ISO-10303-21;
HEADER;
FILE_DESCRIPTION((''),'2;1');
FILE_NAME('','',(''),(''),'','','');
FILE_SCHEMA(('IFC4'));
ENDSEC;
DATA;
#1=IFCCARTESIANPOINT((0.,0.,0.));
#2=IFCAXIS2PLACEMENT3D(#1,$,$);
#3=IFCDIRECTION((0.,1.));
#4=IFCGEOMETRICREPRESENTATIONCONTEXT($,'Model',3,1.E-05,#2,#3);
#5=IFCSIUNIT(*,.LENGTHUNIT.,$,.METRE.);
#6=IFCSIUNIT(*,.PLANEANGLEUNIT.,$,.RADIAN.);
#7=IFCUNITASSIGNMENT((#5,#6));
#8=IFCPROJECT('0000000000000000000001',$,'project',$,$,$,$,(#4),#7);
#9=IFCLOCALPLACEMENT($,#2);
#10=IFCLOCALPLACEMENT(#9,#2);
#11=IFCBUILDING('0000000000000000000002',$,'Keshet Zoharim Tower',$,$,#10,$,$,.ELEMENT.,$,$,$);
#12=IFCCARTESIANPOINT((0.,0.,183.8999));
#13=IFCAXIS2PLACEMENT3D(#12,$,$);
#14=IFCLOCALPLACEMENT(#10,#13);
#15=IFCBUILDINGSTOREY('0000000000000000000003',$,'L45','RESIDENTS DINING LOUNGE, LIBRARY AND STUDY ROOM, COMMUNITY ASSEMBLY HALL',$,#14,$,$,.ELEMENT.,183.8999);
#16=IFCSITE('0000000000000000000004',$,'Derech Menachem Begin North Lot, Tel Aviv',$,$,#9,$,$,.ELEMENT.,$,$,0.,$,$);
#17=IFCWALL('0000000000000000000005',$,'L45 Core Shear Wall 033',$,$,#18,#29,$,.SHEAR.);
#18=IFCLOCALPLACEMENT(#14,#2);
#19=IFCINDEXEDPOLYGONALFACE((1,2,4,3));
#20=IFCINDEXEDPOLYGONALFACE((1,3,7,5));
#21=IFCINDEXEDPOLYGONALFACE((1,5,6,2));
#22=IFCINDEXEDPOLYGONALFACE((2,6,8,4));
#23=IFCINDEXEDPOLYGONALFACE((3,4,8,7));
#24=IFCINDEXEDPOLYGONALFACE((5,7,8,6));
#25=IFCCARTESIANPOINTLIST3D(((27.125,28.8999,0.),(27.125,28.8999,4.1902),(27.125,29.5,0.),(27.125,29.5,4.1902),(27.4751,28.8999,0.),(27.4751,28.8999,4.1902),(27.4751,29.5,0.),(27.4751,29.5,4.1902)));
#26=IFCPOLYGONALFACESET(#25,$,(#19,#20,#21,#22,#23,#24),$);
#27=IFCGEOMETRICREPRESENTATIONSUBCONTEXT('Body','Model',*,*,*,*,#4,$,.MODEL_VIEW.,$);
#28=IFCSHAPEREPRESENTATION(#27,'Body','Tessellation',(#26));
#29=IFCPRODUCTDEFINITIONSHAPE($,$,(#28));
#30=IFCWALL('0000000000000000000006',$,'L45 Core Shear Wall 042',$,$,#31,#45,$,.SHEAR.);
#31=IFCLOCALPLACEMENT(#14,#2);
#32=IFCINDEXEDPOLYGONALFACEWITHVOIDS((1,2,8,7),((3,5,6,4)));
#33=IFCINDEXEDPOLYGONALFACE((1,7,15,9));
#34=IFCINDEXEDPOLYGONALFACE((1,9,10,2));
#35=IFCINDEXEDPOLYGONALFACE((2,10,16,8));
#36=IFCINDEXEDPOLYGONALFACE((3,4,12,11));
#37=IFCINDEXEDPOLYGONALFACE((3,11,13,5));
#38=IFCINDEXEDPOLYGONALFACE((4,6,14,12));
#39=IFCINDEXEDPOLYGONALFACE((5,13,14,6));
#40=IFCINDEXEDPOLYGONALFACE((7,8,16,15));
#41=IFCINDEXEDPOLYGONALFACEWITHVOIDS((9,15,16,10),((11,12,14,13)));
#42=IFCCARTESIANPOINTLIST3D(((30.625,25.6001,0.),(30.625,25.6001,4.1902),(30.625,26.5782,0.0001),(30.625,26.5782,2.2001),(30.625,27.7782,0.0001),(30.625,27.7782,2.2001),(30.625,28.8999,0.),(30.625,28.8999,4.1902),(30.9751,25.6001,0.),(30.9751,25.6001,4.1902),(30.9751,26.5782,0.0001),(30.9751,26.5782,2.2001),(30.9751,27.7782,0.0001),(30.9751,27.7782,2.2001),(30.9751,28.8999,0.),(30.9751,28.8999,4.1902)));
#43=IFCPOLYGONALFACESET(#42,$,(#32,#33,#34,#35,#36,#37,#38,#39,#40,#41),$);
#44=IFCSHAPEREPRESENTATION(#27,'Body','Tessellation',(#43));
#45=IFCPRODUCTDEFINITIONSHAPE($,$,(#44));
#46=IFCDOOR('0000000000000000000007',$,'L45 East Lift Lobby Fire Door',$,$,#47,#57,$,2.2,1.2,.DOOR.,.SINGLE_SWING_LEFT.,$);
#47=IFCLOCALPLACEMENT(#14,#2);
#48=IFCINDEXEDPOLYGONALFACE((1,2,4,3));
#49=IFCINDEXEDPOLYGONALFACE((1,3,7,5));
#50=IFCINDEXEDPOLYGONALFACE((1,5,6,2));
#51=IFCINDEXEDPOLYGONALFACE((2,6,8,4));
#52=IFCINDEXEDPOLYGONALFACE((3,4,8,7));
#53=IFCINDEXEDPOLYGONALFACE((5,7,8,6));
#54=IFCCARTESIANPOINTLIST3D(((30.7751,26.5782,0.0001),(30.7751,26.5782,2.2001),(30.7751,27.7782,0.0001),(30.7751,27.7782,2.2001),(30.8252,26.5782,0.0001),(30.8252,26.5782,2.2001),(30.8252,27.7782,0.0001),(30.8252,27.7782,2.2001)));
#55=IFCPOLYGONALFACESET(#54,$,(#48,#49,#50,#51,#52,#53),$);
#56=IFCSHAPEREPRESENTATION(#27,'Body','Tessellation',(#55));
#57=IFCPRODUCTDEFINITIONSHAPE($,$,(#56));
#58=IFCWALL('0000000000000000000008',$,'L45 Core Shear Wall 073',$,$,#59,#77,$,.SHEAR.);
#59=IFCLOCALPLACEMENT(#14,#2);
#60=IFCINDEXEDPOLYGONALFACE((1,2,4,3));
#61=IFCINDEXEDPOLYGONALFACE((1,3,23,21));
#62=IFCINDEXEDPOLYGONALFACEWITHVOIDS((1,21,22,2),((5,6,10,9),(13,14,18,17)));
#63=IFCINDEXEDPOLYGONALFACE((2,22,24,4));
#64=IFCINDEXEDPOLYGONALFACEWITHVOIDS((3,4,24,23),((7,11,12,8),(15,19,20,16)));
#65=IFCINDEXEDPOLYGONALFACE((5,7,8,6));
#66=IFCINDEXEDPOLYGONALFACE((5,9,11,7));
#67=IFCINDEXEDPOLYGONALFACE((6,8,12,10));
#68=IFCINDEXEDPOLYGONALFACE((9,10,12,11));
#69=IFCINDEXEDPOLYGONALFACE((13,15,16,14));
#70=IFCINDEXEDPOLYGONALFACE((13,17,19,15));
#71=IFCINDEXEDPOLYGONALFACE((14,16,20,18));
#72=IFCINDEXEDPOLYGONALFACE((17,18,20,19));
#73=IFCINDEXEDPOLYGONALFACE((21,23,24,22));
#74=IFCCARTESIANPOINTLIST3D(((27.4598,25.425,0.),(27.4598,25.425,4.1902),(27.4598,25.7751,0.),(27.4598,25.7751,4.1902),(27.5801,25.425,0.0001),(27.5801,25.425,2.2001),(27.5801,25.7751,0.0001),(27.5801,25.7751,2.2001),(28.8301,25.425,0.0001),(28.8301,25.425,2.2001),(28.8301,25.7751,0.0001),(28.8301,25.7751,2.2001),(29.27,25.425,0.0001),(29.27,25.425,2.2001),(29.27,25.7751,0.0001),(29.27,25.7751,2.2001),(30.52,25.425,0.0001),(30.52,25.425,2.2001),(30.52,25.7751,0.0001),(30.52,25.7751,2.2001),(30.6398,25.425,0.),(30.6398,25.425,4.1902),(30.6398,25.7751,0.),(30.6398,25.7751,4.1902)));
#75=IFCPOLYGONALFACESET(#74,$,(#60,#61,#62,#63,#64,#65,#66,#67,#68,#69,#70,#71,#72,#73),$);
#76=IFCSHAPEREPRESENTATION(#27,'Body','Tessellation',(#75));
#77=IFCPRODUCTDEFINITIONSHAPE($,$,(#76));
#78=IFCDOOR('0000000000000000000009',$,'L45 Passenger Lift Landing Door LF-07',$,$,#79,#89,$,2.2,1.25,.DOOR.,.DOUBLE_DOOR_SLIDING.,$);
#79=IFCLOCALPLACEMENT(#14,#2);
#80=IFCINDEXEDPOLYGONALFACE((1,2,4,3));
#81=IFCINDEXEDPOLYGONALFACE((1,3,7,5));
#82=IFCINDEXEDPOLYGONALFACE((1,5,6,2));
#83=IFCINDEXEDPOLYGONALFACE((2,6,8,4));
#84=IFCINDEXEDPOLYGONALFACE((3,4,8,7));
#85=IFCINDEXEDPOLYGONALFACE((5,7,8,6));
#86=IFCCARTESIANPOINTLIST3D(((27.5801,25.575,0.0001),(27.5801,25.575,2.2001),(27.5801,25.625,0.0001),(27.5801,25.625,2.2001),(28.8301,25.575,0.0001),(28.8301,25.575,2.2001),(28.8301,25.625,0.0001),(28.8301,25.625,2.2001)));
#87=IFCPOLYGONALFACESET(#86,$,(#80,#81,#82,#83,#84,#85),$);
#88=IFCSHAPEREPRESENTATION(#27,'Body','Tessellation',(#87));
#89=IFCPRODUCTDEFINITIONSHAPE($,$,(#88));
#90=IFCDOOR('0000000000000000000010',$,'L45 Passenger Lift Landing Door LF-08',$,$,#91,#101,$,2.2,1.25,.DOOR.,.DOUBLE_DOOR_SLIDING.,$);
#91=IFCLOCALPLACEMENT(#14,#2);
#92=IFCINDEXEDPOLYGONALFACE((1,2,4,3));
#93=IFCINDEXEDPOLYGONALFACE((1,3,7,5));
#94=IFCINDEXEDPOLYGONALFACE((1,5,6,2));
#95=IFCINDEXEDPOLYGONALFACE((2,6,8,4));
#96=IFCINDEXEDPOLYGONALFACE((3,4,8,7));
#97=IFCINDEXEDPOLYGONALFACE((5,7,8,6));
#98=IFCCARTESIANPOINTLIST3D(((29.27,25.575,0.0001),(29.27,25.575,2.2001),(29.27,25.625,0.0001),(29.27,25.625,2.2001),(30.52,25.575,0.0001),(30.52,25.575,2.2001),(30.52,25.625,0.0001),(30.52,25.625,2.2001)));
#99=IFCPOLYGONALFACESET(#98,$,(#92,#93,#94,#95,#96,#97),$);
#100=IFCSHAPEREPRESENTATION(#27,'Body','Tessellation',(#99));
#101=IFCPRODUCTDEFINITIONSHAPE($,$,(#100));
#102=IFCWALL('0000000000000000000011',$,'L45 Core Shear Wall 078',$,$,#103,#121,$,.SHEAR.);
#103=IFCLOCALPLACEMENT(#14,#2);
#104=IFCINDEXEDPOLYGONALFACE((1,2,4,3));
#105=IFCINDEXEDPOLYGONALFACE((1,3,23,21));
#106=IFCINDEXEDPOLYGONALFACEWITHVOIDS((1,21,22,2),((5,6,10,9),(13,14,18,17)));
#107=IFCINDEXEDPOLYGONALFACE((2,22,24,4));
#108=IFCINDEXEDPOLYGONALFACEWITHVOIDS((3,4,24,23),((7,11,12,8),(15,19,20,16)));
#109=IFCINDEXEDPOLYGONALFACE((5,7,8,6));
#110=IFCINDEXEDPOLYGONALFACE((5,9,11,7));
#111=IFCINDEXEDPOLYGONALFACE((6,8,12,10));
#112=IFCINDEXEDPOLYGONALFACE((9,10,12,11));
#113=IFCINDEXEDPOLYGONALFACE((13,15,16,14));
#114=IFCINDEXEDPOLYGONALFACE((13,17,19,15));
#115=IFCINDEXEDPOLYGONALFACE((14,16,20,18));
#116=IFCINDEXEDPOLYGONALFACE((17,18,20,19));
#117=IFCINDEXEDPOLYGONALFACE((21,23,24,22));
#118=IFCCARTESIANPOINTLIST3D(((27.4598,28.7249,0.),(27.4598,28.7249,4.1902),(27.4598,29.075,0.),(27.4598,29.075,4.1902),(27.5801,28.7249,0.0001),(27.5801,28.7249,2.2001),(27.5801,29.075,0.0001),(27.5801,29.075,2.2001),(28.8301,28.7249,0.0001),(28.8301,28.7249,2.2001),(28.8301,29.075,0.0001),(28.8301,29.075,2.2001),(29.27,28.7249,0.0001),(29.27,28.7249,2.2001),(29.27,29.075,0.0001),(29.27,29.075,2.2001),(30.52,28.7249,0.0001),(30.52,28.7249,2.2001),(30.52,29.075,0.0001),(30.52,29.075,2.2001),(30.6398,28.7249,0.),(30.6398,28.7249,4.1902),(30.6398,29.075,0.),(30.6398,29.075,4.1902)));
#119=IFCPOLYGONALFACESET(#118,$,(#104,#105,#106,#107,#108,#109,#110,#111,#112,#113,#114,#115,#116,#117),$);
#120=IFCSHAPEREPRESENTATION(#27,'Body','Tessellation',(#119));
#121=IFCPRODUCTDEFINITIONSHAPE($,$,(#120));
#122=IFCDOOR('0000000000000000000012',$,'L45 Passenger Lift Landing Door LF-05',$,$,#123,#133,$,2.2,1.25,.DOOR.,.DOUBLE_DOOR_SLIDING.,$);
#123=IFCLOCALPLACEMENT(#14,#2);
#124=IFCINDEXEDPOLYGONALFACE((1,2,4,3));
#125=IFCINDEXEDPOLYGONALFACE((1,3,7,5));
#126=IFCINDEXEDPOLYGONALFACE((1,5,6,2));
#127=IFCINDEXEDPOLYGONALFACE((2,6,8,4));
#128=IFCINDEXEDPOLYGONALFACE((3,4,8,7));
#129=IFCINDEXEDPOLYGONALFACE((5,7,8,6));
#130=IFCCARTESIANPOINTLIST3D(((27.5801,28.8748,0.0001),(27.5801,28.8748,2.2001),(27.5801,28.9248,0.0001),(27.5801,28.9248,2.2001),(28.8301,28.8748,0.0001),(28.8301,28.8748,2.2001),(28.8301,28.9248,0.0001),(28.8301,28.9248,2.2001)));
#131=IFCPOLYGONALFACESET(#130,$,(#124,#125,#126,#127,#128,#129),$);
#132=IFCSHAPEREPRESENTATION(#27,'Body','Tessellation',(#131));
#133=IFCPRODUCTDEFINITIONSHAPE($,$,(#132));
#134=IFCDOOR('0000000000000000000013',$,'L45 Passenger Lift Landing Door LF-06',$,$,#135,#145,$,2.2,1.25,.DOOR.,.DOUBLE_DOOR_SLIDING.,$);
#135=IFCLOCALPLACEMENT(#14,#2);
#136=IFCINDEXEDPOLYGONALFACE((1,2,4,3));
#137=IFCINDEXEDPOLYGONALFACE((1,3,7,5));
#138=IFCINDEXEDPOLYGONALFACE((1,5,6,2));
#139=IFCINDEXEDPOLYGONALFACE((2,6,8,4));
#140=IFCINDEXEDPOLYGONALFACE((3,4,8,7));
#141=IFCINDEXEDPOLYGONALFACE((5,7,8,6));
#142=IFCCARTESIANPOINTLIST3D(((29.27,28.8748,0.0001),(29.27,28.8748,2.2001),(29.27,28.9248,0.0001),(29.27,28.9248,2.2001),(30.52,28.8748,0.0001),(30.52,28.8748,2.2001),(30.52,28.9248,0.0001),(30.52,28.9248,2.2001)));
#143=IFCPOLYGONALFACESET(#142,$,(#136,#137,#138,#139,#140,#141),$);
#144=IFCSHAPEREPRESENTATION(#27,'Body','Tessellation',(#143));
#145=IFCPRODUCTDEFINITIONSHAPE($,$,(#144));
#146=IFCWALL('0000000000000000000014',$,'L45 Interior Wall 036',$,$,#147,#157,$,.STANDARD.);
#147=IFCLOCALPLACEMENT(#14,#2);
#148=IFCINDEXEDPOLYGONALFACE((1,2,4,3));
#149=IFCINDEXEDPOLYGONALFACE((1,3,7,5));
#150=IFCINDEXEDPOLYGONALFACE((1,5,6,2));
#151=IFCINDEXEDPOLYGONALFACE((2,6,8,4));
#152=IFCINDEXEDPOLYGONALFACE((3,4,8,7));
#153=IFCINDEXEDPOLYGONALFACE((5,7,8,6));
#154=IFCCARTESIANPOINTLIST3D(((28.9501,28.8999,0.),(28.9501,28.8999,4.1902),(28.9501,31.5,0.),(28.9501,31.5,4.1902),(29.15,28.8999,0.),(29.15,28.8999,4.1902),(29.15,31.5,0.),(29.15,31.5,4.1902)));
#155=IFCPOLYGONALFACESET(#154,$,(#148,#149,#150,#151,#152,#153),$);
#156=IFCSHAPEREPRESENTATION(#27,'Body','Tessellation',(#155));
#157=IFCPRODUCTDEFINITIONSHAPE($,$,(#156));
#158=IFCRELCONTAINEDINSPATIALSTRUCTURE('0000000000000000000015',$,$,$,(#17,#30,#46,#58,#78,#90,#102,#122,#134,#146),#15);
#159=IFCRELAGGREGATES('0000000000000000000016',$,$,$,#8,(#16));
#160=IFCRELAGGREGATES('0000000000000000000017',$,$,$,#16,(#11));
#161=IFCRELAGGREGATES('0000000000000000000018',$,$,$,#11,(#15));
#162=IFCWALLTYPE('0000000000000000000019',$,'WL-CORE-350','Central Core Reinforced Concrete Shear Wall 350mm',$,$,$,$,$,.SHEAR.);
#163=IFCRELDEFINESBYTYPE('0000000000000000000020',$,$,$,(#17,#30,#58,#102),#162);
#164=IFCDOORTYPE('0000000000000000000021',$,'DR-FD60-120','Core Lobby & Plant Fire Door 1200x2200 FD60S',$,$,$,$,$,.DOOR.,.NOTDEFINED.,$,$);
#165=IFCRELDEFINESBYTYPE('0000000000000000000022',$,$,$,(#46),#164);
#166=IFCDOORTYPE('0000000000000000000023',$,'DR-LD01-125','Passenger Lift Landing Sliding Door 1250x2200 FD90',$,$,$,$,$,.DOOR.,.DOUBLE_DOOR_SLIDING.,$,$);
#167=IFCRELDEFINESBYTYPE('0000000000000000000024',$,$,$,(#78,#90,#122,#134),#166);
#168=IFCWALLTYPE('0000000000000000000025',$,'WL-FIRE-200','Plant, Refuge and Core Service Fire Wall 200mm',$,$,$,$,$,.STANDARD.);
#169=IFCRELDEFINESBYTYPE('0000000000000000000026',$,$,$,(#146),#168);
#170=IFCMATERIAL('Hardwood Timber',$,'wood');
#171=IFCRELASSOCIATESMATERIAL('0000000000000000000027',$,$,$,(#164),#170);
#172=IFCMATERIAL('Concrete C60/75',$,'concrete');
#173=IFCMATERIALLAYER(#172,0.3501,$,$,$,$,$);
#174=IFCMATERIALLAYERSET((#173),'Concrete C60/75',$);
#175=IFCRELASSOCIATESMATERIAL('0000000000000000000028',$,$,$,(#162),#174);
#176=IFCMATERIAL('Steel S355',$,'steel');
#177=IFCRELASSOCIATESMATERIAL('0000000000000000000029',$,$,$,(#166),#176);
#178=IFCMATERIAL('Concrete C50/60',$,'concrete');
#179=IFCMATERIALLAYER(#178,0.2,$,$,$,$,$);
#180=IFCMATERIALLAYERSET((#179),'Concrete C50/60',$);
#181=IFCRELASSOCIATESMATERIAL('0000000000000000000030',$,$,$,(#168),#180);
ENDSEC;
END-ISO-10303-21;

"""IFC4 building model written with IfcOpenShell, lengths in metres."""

from ifc_helpers import new_model, si_unit, direction, frame, frame_2d, origin, place, context, subcontext, project, spatial, rectangle, extrude, material, layer, layer_set, type_object, element, fill, save


model = new_model("IFC4")

# Units and contexts
model_context = context("Model", 3, precision=1e-05, world=origin(), true_north=direction((0.0, 1.0)))
body_context = subcontext(model_context, "Body", "Model", "MODEL_VIEW")
ifc_project = project(units=[si_unit("LENGTHUNIT", "METRE"), si_unit("PLANEANGLEUNIT", "RADIAN")], contexts=[model_context])

# Site, building, storey
site_placement = place(None, origin())
site = spatial("IfcSite", under=ifc_project, at=site_placement, Name="Derech Menachem Begin North Lot, Tel Aviv", CompositionType="ELEMENT", RefElevation=0.0)
building_placement = place(site_placement, origin())
building = spatial("IfcBuilding", under=site, at=building_placement, Name="Keshet Zoharim Tower", CompositionType="ELEMENT")
storey_placement = place(building_placement, frame((0.0, 0.0, 183.8999)))
storey = spatial("IfcBuildingStorey", under=building, at=storey_placement, Name="L45", Description="RESIDENTS DINING LOUNGE, LIBRARY AND STUDY ROOM, COMMUNITY ASSEMBLY HALL", CompositionType="ELEMENT", Elevation=183.8999)

# Shared definitions
ifc_material_1 = material(Name="Steel S355", Category="steel")
ifc_material_2 = material(Name="Concrete C60/75", Category="concrete")

# Shared definitions
ifc_material_3 = material(Name="Hardwood Timber", Category="wood")
door_type_1 = type_object("IfcDoorType", Name="DR-FD60-120", Description="Core Lobby & Plant Fire Door 1200x2200 FD60S", OperationType="NOTDEFINED", PredefinedType="DOOR", material=ifc_material_3)

# Wall
ifc_layer_1 = layer(ifc_material_2, 0.3501)
ifc_layer_set_1 = layer_set([ifc_layer_1], Name="Concrete C60/75")
wall_type_1 = type_object("IfcWallType", Name="WL-CORE-350", Description="Central Core Reinforced Concrete Shear Wall 350mm", PredefinedType="SHEAR", material=ifc_layer_set_1)
wall_1_placement = place(storey_placement, frame((27.3, 28.8999, 0.0), z_axis=(0.0, 0.0, 1.0), x_axis=(0.0, 1.0, 0.0)))
element("IfcWall", 1, at=wall_1_placement, inside=storey, type_object=wall_type_1, Name="L45 Core Shear Wall 033", PredefinedType="SHEAR", context=body_context, shape_type="SweptSolid", body=[
    extrude(rectangle(XDim=0.6001, YDim=0.3501, at=frame_2d((0.3, 0.0))), origin(), (0.0, 0.0, 1.0), 4.1902),
])

# Wall, opening, door
wall_2_placement = place(storey_placement, frame((30.8, 25.6001, 0.0), z_axis=(0.0, 0.0, 1.0), x_axis=(0.0, 1.0, 0.0)))
wall_2 = element("IfcWall", 2, at=wall_2_placement, inside=storey, type_object=wall_type_1, Name="L45 Core Shear Wall 042", PredefinedType="SHEAR", context=body_context, shape_type="SweptSolid", body=[
    extrude(rectangle(XDim=3.2998, YDim=0.3501, at=frame_2d((1.6499, 0.0))), origin(), (0.0, 0.0, 1.0), 4.1902),
])
opening_1_placement = place(wall_2_placement, frame((0.978, 0.0, 0.0)))
opening_1 = element("IfcOpeningElement", 3, at=opening_1_placement, cuts=wall_2, PredefinedType="OPENING", context=body_context, shape_type="SweptSolid", body=[
    extrude(rectangle(XDim=1.2, YDim=2.2, at=frame_2d((0.6001, 1.1001))), frame((0.0, 0.1851, 0.0), z_axis=(0.0, -1.0, 0.0), x_axis=(1.0, 0.0, 0.0)), (0.0, 0.0, 1.0), 0.3701),
])
door_1_placement = place(opening_1_placement, origin())
door_1 = element("IfcDoor", 4, at=door_1_placement, inside=storey, type_object=door_type_1, Name="L45 East Lift Lobby Fire Door", OperationType="SINGLE_SWING_LEFT", OverallHeight=2.2, OverallWidth=1.2, PredefinedType="DOOR", context=body_context, shape_type="SweptSolid", body=[
    extrude(rectangle(XDim=1.2, YDim=2.2, at=frame_2d((0.6001, 1.1001))), frame((0.0, 0.0249, 0.0), z_axis=(0.0, -1.0, 0.0), x_axis=(1.0, 0.0, 0.0)), (0.0, 0.0, 1.0), 0.05),
])
fill(opening_1, door_1)

# Walls, openings, doors
wall_3_placement = place(storey_placement, frame((27.46, 25.6001, 0.0), z_axis=(0.0, 0.0, 1.0), x_axis=(1.0, 0.0, 0.0)))
wall_3 = element("IfcWall", 5, at=wall_3_placement, inside=storey, type_object=wall_type_1, Name="L45 Core Shear Wall 073", PredefinedType="SHEAR", context=body_context, shape_type="SweptSolid", body=[
    extrude(rectangle(XDim=3.1799, YDim=0.3501, at=frame_2d((1.5898, 0.0))), origin(), (0.0, 0.0, 1.0), 4.1902),
])
opening_2_placement = place(wall_3_placement, frame((0.1201, 0.0, 0.0)))
opening_2 = element("IfcOpeningElement", 6, at=opening_2_placement, cuts=wall_3, PredefinedType="OPENING", context=body_context, shape_type="SweptSolid", body=[
    extrude(rectangle(XDim=1.25, YDim=2.2, at=frame_2d((0.625, 1.1001))), frame((0.0, 0.1851, 0.0), z_axis=(0.0, -1.0, 0.0), x_axis=(1.0, 0.0, 0.0)), (0.0, 0.0, 1.0), 0.3701),
])
opening_3_placement = place(wall_3_placement, frame((1.8101, 0.0, 0.0)))
opening_3 = element("IfcOpeningElement", 7, at=opening_3_placement, cuts=wall_3, PredefinedType="OPENING", context=body_context, shape_type="SweptSolid", body=[
    extrude(rectangle(XDim=1.25, YDim=2.2, at=frame_2d((0.625, 1.1001))), frame((0.0, 0.1851, 0.0), z_axis=(0.0, -1.0, 0.0), x_axis=(1.0, 0.0, 0.0)), (0.0, 0.0, 1.0), 0.3701),
])
door_type_2 = type_object("IfcDoorType", Name="DR-LD01-125", Description="Passenger Lift Landing Sliding Door 1250x2200 FD90", OperationType="DOUBLE_DOOR_SLIDING", PredefinedType="DOOR", material=ifc_material_1)
door_2_placement = place(opening_2_placement, origin())
door_2 = element("IfcDoor", 8, at=door_2_placement, inside=storey, type_object=door_type_2, Name="L45 Passenger Lift Landing Door LF-07", OperationType="DOUBLE_DOOR_SLIDING", OverallHeight=2.2, OverallWidth=1.25, PredefinedType="DOOR", context=body_context, shape_type="SweptSolid", body=[
    extrude(rectangle(XDim=1.25, YDim=2.2, at=frame_2d((0.625, 1.1001))), frame((0.0, 0.0249, 0.0), z_axis=(0.0, -1.0, 0.0), x_axis=(1.0, 0.0, 0.0)), (0.0, 0.0, 1.0), 0.05),
])
fill(opening_2, door_2)
door_3_placement = place(opening_3_placement, origin())
door_3 = element("IfcDoor", 9, at=door_3_placement, inside=storey, type_object=door_type_2, Name="L45 Passenger Lift Landing Door LF-08", OperationType="DOUBLE_DOOR_SLIDING", OverallHeight=2.2, OverallWidth=1.25, PredefinedType="DOOR", context=body_context, shape_type="SweptSolid", body=[
    extrude(rectangle(XDim=1.25, YDim=2.2, at=frame_2d((0.625, 1.1001))), frame((0.0, 0.0249, 0.0), z_axis=(0.0, -1.0, 0.0), x_axis=(1.0, 0.0, 0.0)), (0.0, 0.0, 1.0), 0.05),
])
fill(opening_3, door_3)
wall_4_placement = place(storey_placement, frame((27.46, 28.8999, 0.0), z_axis=(0.0, 0.0, 1.0), x_axis=(1.0, 0.0, 0.0)))
wall_4 = element("IfcWall", 10, at=wall_4_placement, inside=storey, type_object=wall_type_1, Name="L45 Core Shear Wall 078", PredefinedType="SHEAR", context=body_context, shape_type="SweptSolid", body=[
    extrude(rectangle(XDim=3.1799, YDim=0.3501, at=frame_2d((1.5898, 0.0))), origin(), (0.0, 0.0, 1.0), 4.1902),
])
opening_4_placement = place(wall_4_placement, frame((0.1201, 0.0, 0.0)))
opening_4 = element("IfcOpeningElement", 11, at=opening_4_placement, cuts=wall_4, PredefinedType="OPENING", context=body_context, shape_type="SweptSolid", body=[
    extrude(rectangle(XDim=1.25, YDim=2.2, at=frame_2d((0.625, 1.1001))), frame((0.0, 0.1851, 0.0), z_axis=(0.0, -1.0, 0.0), x_axis=(1.0, 0.0, 0.0)), (0.0, 0.0, 1.0), 0.3701),
])
opening_5_placement = place(wall_4_placement, frame((1.8101, 0.0, 0.0)))
opening_5 = element("IfcOpeningElement", 12, at=opening_5_placement, cuts=wall_4, PredefinedType="OPENING", context=body_context, shape_type="SweptSolid", body=[
    extrude(rectangle(XDim=1.25, YDim=2.2, at=frame_2d((0.625, 1.1001))), frame((0.0, 0.1851, 0.0), z_axis=(0.0, -1.0, 0.0), x_axis=(1.0, 0.0, 0.0)), (0.0, 0.0, 1.0), 0.3701),
])
door_4_placement = place(opening_4_placement, origin())
door_4 = element("IfcDoor", 13, at=door_4_placement, inside=storey, type_object=door_type_2, Name="L45 Passenger Lift Landing Door LF-05", OperationType="DOUBLE_DOOR_SLIDING", OverallHeight=2.2, OverallWidth=1.25, PredefinedType="DOOR", context=body_context, shape_type="SweptSolid", body=[
    extrude(rectangle(XDim=1.25, YDim=2.2, at=frame_2d((0.625, 1.1001))), frame((0.0, 0.0249, 0.0), z_axis=(0.0, -1.0, 0.0), x_axis=(1.0, 0.0, 0.0)), (0.0, 0.0, 1.0), 0.05),
])
fill(opening_4, door_4)
door_5_placement = place(opening_5_placement, origin())
door_5 = element("IfcDoor", 14, at=door_5_placement, inside=storey, type_object=door_type_2, Name="L45 Passenger Lift Landing Door LF-06", OperationType="DOUBLE_DOOR_SLIDING", OverallHeight=2.2, OverallWidth=1.25, PredefinedType="DOOR", context=body_context, shape_type="SweptSolid", body=[
    extrude(rectangle(XDim=1.25, YDim=2.2, at=frame_2d((0.625, 1.1001))), frame((0.0, 0.0249, 0.0), z_axis=(0.0, -1.0, 0.0), x_axis=(1.0, 0.0, 0.0)), (0.0, 0.0, 1.0), 0.05),
])
fill(opening_5, door_5)

# Wall
ifc_material_4 = material(Name="Concrete C50/60", Category="concrete")
ifc_layer_2 = layer(ifc_material_4, 0.2)
ifc_layer_set_2 = layer_set([ifc_layer_2], Name="Concrete C50/60")
wall_type_2 = type_object("IfcWallType", Name="WL-FIRE-200", Description="Plant, Refuge and Core Service Fire Wall 200mm", PredefinedType="STANDARD", material=ifc_layer_set_2)
wall_5_placement = place(storey_placement, frame((29.05, 28.8999, 0.0), z_axis=(0.0, 0.0, 1.0), x_axis=(0.0, 1.0, 0.0)))
element("IfcWall", 15, at=wall_5_placement, inside=storey, type_object=wall_type_2, Name="L45 Interior Wall 036", PredefinedType="STANDARD", context=body_context, shape_type="SweptSolid", body=[
    extrude(rectangle(XDim=2.6001, YDim=0.2, at=frame_2d((1.3, 0.0))), origin(), (0.0, 0.0, 1.0), 4.1902),
])

save(model, "model.ifc")
